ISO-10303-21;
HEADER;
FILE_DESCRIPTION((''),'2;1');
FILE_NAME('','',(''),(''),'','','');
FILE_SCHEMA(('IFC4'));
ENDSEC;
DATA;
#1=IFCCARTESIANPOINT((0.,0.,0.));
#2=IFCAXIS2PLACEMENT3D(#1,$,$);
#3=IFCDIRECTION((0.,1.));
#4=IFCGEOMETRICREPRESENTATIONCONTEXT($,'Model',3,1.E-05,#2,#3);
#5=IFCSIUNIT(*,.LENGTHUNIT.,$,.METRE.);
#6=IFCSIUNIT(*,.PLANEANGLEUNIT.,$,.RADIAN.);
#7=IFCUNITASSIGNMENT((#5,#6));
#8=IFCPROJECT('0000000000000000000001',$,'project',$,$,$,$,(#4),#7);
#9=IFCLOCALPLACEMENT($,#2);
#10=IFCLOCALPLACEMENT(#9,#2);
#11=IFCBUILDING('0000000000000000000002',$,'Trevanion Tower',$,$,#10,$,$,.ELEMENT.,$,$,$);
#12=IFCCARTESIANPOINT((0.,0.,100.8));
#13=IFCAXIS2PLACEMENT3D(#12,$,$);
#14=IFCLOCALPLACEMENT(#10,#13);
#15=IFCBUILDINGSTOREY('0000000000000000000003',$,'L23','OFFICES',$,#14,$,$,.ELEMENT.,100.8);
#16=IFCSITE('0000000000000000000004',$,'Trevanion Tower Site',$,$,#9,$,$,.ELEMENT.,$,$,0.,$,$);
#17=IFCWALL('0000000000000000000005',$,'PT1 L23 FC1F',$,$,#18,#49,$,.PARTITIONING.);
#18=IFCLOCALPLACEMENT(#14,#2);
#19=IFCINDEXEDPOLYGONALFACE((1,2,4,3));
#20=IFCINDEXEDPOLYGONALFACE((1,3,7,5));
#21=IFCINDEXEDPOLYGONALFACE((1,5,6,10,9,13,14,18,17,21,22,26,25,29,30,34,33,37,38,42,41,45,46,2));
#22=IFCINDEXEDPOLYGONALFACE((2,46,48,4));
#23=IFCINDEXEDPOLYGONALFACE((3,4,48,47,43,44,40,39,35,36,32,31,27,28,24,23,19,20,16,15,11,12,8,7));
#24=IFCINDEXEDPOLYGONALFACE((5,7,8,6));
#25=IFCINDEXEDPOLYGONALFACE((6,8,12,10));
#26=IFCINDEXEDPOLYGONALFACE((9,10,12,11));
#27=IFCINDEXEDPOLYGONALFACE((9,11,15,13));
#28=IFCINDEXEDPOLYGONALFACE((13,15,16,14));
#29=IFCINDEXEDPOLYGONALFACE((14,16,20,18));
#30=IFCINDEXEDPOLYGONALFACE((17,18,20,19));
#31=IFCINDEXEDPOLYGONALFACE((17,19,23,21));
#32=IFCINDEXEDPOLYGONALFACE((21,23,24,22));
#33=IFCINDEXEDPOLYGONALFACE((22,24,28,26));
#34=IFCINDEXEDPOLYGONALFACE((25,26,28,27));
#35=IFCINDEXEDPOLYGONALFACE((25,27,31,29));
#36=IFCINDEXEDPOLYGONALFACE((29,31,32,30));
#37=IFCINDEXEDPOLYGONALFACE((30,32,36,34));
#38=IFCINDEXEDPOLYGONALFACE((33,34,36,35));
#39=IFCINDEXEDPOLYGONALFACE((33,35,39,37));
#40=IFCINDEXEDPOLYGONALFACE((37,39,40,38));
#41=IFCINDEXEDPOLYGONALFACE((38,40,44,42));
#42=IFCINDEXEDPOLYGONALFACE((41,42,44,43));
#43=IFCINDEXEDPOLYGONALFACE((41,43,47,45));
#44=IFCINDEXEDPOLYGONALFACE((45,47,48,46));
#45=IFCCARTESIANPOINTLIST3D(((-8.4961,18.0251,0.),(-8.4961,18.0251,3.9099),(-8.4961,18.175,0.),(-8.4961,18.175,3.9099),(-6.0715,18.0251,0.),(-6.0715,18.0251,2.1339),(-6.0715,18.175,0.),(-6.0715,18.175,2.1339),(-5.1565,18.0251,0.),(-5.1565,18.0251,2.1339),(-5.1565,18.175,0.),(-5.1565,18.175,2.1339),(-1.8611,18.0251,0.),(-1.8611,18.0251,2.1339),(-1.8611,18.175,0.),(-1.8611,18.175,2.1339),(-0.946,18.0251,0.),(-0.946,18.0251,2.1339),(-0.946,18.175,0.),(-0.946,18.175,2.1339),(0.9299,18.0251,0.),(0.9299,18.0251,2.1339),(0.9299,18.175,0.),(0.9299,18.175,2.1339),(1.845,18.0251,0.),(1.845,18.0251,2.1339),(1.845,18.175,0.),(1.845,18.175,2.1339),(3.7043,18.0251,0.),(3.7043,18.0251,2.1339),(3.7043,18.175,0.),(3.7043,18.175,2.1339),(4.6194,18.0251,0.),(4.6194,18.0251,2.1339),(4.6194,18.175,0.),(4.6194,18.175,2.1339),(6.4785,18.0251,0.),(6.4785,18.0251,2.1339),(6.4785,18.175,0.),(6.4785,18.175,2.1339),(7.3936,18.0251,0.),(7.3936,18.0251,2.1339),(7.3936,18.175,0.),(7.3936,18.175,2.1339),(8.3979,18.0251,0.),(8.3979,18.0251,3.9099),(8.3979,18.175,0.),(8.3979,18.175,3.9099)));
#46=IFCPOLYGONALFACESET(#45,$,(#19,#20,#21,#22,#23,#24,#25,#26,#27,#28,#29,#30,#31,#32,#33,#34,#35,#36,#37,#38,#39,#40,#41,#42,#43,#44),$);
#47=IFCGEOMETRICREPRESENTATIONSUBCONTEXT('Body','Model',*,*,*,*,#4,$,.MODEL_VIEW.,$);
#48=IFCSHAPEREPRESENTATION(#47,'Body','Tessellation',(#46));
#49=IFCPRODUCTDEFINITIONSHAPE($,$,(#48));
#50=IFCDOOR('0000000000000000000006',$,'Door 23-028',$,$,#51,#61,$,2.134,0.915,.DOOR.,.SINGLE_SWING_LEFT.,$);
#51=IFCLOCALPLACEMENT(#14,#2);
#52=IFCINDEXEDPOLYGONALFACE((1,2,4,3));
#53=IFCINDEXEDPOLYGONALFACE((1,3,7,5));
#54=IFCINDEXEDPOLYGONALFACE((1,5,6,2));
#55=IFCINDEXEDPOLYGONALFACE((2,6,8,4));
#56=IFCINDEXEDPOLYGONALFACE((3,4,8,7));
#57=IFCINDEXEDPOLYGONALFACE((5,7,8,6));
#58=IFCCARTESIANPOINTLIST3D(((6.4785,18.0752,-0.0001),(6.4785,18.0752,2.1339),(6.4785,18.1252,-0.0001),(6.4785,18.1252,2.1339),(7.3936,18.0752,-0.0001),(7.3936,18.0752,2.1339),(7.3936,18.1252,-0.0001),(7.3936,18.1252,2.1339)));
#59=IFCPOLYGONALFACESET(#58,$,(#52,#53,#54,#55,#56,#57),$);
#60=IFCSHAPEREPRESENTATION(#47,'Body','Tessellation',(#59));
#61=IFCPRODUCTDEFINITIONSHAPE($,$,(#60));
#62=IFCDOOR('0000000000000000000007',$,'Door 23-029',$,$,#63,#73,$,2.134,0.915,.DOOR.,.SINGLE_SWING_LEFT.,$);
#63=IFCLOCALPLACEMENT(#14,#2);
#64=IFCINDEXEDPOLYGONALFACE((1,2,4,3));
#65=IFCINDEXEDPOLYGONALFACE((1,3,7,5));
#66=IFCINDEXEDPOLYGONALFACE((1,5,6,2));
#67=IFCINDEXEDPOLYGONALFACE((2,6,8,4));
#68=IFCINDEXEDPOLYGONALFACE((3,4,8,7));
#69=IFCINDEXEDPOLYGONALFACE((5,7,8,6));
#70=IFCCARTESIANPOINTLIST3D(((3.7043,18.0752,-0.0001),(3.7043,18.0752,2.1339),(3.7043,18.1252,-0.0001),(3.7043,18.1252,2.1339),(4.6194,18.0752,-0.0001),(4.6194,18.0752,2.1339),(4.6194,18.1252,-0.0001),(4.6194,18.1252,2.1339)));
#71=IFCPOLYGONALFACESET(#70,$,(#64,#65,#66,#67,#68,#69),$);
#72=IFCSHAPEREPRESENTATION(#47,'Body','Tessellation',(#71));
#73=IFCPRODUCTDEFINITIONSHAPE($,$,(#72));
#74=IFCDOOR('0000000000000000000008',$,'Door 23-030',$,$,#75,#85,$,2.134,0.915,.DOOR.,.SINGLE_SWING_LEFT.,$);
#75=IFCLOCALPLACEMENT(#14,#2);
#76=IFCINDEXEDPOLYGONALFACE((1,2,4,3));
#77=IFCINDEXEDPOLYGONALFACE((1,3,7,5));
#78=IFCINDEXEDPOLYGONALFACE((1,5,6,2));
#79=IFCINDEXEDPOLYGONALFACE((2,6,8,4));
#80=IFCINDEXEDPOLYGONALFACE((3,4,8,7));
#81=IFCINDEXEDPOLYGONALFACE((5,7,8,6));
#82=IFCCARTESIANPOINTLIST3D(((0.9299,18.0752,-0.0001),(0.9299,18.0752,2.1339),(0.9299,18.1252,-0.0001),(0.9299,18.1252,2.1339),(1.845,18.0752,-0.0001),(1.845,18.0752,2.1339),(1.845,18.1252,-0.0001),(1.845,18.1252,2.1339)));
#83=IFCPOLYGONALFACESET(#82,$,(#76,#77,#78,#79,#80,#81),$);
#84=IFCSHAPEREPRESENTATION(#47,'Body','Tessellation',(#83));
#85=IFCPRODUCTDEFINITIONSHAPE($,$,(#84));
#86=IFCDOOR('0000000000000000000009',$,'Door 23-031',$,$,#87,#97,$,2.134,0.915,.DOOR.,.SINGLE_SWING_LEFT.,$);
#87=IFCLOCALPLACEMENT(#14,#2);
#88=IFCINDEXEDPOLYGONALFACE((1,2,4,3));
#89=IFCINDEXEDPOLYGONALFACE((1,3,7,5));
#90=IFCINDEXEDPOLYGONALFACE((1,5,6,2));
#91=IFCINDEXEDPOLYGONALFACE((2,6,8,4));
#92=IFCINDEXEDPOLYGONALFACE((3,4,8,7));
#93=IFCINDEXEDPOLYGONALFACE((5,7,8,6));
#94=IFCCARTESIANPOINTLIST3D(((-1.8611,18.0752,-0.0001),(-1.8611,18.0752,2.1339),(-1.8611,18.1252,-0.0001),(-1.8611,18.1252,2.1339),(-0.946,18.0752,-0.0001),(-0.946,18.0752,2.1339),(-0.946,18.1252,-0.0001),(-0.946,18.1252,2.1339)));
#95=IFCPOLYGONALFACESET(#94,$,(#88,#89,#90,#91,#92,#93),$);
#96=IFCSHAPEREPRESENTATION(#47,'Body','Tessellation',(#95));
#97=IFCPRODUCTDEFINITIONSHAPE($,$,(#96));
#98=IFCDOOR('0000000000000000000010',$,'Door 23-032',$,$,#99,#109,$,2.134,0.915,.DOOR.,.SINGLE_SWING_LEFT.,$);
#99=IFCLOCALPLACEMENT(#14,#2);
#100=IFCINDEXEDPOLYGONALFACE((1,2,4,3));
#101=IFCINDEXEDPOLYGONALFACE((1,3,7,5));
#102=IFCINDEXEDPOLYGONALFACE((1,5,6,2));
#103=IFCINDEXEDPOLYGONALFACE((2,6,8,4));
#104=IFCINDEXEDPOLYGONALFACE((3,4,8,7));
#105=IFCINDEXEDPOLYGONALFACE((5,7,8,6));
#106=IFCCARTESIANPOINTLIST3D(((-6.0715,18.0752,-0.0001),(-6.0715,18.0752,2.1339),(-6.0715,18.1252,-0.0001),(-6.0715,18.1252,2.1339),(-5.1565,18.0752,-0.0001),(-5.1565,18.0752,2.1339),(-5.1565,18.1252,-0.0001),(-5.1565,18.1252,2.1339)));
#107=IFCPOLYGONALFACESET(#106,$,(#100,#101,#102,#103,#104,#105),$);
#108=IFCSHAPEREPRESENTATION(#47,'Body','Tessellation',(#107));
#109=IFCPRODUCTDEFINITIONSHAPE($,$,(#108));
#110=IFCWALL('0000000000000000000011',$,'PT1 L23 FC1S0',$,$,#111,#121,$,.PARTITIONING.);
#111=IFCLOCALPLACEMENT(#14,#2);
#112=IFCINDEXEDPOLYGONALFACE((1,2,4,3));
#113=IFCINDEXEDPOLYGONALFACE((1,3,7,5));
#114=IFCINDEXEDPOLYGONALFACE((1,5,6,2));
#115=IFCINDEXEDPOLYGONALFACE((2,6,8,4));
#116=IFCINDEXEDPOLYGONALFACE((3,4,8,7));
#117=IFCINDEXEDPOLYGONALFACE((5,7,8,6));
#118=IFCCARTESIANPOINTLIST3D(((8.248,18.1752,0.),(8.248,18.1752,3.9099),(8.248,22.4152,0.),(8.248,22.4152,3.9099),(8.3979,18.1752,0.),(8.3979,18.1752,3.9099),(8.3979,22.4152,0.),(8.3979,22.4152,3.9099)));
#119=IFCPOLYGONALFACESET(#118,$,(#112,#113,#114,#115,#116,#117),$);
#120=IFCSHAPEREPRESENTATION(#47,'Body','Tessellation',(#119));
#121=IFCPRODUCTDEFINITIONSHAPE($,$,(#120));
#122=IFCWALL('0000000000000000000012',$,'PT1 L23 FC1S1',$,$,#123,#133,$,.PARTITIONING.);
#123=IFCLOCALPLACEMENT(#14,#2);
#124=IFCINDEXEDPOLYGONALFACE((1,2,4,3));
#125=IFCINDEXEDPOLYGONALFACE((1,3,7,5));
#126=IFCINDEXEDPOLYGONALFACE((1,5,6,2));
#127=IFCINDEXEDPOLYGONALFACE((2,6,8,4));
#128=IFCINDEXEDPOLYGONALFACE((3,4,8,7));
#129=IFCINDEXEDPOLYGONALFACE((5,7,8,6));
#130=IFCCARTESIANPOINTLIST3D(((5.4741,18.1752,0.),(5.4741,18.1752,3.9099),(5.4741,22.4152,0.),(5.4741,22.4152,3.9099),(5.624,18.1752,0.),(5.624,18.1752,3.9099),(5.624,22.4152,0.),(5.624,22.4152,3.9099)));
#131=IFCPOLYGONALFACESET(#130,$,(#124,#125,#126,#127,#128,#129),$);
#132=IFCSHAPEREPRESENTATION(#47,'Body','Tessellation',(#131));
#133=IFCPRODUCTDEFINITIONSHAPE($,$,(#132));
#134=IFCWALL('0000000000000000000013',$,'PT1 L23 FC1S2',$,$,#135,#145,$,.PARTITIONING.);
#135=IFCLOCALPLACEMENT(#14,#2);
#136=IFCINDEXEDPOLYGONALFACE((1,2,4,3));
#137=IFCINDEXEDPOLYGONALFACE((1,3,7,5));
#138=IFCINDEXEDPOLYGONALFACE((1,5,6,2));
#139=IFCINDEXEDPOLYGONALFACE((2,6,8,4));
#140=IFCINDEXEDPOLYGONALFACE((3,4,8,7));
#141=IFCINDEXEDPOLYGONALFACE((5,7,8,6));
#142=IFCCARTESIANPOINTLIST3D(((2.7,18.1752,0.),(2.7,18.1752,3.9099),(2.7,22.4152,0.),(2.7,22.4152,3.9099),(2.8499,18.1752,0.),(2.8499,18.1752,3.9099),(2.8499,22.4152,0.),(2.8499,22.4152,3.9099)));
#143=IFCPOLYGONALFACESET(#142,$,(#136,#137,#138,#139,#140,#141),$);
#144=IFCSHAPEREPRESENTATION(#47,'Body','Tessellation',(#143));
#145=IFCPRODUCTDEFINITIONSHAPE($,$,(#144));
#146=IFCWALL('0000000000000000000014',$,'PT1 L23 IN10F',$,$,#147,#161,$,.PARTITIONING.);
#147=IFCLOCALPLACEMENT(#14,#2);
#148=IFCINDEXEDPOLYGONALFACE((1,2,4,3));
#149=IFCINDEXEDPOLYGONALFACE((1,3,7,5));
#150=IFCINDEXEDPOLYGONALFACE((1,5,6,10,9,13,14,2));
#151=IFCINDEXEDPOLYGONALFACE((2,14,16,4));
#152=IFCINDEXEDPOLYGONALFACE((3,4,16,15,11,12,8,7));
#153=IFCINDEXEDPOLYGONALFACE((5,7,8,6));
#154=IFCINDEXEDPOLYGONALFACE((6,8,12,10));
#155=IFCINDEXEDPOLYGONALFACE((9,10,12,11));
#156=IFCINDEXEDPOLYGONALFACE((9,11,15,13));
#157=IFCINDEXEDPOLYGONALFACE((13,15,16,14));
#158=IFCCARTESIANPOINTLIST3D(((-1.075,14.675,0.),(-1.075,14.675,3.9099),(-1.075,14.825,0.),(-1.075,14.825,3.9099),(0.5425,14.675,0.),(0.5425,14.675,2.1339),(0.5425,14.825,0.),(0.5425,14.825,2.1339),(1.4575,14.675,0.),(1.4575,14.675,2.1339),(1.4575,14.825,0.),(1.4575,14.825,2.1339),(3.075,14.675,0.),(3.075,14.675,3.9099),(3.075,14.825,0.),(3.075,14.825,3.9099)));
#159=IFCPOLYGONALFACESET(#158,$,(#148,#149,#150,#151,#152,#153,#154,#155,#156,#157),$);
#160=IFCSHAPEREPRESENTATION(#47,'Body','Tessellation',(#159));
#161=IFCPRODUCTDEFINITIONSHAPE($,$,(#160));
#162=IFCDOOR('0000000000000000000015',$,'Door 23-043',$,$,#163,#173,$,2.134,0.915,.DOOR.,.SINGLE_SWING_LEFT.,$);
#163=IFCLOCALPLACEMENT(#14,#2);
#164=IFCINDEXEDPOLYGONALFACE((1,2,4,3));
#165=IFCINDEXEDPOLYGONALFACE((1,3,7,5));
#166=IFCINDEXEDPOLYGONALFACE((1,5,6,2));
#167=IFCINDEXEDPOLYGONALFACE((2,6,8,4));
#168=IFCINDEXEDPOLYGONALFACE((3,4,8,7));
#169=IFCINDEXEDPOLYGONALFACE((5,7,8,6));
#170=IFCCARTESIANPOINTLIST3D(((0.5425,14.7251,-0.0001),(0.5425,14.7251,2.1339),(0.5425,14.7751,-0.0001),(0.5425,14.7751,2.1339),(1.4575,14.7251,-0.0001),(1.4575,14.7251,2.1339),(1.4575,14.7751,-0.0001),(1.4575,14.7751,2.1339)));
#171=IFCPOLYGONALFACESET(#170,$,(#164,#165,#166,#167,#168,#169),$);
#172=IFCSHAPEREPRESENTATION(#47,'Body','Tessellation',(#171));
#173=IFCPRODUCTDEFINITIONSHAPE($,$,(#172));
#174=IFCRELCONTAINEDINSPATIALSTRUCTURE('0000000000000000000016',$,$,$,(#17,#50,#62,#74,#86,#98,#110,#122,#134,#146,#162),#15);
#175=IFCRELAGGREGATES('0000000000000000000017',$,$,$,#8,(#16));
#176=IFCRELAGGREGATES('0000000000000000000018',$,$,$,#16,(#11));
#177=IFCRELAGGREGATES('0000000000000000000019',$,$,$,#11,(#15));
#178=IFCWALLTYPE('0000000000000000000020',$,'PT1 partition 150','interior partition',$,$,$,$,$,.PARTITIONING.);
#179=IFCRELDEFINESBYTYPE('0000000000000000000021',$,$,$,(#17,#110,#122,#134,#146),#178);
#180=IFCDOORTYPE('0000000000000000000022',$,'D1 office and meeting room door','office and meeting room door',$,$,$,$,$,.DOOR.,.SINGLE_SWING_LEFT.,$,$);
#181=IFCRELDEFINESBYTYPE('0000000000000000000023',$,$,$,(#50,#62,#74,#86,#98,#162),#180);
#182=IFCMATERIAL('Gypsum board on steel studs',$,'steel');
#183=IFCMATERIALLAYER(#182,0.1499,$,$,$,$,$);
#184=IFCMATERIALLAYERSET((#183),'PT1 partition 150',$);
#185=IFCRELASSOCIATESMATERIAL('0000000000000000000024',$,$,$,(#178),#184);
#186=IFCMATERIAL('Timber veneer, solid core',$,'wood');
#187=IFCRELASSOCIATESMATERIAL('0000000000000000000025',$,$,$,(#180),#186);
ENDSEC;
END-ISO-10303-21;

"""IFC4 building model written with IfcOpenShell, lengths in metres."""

from ifc_helpers import new_model, si_unit, direction, frame, frame_2d, origin, place, context, subcontext, project, spatial, rectangle, extrude, material, layer, layer_set, type_object, element, fill, save


model = new_model("IFC4")

# Units and contexts
model_context = context("Model", 3, precision=1e-05, world=origin(), true_north=direction((0.0, 1.0)))
body_context = subcontext(model_context, "Body", "Model", "MODEL_VIEW")
ifc_project = project(units=[si_unit("LENGTHUNIT", "METRE"), si_unit("PLANEANGLEUNIT", "RADIAN")], contexts=[model_context])

# Site, building, storey
site_placement = place(None, origin())
site = spatial("IfcSite", under=ifc_project, at=site_placement, Name="Trevanion Tower Site", CompositionType="ELEMENT", RefElevation=0.0)
building_placement = place(site_placement, origin())
building = spatial("IfcBuilding", under=site, at=building_placement, Name="Trevanion Tower", CompositionType="ELEMENT")
storey_placement = place(building_placement, frame((0.0, 0.0, 100.8)))
storey = spatial("IfcBuildingStorey", under=building, at=storey_placement, Name="L23", Description="OFFICES", CompositionType="ELEMENT", Elevation=100.8)

# Wall, openings, doors
ifc_material_1 = material(Name="Gypsum board on steel studs", Category="steel")
ifc_layer_1 = layer(ifc_material_1, 0.1499)
ifc_layer_set_1 = layer_set([ifc_layer_1], Name="PT1 partition 150")
wall_type_1 = type_object("IfcWallType", Name="PT1 partition 150", Description="interior partition", PredefinedType="PARTITIONING", material=ifc_layer_set_1)
wall_1_placement = place(storey_placement, frame((8.3979, 18.1001, 0.0), z_axis=(0.0, 0.0, 1.0), x_axis=(-1.0, 0.0, 0.0)))
wall_1 = element("IfcWall", 1, at=wall_1_placement, inside=storey, type_object=wall_type_1, Name="PT1 L23 FC1F", PredefinedType="PARTITIONING", context=body_context, shape_type="SweptSolid", body=[
    extrude(rectangle(XDim=16.894, YDim=0.1499, at=frame_2d((8.447, 0.0))), origin(), (0.0, 0.0, 1.0), 3.9099),
])
opening_1_placement = place(wall_1_placement, frame((1.0044, 0.0, 0.0)))
opening_1 = element("IfcOpeningElement", 2, at=opening_1_placement, cuts=wall_1, PredefinedType="OPENING", context=body_context, shape_type="SweptSolid", body=[
    extrude(rectangle(XDim=0.915, YDim=2.134, at=frame_2d((0.4575, 1.0669))), frame((0.0, 0.085, 0.0), z_axis=(0.0, -1.0, 0.0), x_axis=(1.0, 0.0, 0.0)), (0.0, 0.0, 1.0), 0.1699),
])
opening_2_placement = place(wall_1_placement, frame((3.7786, 0.0, 0.0)))
opening_2 = element("IfcOpeningElement", 3, at=opening_2_placement, cuts=wall_1, PredefinedType="OPENING", context=body_context, shape_type="SweptSolid", body=[
    extrude(rectangle(XDim=0.915, YDim=2.134, at=frame_2d((0.4575, 1.0669))), frame((0.0, 0.085, 0.0), z_axis=(0.0, -1.0, 0.0), x_axis=(1.0, 0.0, 0.0)), (0.0, 0.0, 1.0), 0.1699),
])
opening_3_placement = place(wall_1_placement, frame((6.553, 0.0, 0.0)))
opening_3 = element("IfcOpeningElement", 4, at=opening_3_placement, cuts=wall_1, PredefinedType="OPENING", context=body_context, shape_type="SweptSolid", body=[
    extrude(rectangle(XDim=0.915, YDim=2.134, at=frame_2d((0.4575, 1.0669))), frame((0.0, 0.085, 0.0), z_axis=(0.0, -1.0, 0.0), x_axis=(1.0, 0.0, 0.0)), (0.0, 0.0, 1.0), 0.1699),
])
opening_4_placement = place(wall_1_placement, frame((9.344, 0.0, 0.0)))
opening_4 = element("IfcOpeningElement", 5, at=opening_4_placement, cuts=wall_1, PredefinedType="OPENING", context=body_context, shape_type="SweptSolid", body=[
    extrude(rectangle(XDim=0.915, YDim=2.134, at=frame_2d((0.4575, 1.0669))), frame((0.0, 0.085, 0.0), z_axis=(0.0, -1.0, 0.0), x_axis=(1.0, 0.0, 0.0)), (0.0, 0.0, 1.0), 0.1699),
])
opening_5_placement = place(wall_1_placement, frame((13.5544, 0.0, 0.0)))
opening_5 = element("IfcOpeningElement", 6, at=opening_5_placement, cuts=wall_1, PredefinedType="OPENING", context=body_context, shape_type="SweptSolid", body=[
    extrude(rectangle(XDim=0.915, YDim=2.134, at=frame_2d((0.4575, 1.0669))), frame((0.0, 0.085, 0.0), z_axis=(0.0, -1.0, 0.0), x_axis=(1.0, 0.0, 0.0)), (0.0, 0.0, 1.0), 0.1699),
])
ifc_material_2 = material(Name="Timber veneer, solid core", Category="wood")
door_type = type_object("IfcDoorType", Name="D1 office and meeting room door", Description="office and meeting room door", OperationType="SINGLE_SWING_LEFT", PredefinedType="DOOR", material=ifc_material_2)
door_1_placement = place(opening_1_placement, origin())
door_1 = element("IfcDoor", 7, at=door_1_placement, inside=storey, type_object=door_type, Name="Door 23-028", OperationType="SINGLE_SWING_LEFT", OverallHeight=2.134, OverallWidth=0.915, PredefinedType="DOOR", context=body_context, shape_type="SweptSolid", body=[
    extrude(rectangle(XDim=0.915, YDim=2.134, at=frame_2d((0.4575, 1.0669))), frame((0.0, 0.0249, 0.0), z_axis=(0.0, -1.0, 0.0), x_axis=(1.0, 0.0, 0.0)), (0.0, 0.0, 1.0), 0.05),
])
fill(opening_1, door_1)
door_2_placement = place(opening_2_placement, origin())
door_2 = element("IfcDoor", 8, at=door_2_placement, inside=storey, type_object=door_type, Name="Door 23-029", OperationType="SINGLE_SWING_LEFT", OverallHeight=2.134, OverallWidth=0.915, PredefinedType="DOOR", context=body_context, shape_type="SweptSolid", body=[
    extrude(rectangle(XDim=0.915, YDim=2.134, at=frame_2d((0.4575, 1.0669))), frame((0.0, 0.0249, 0.0), z_axis=(0.0, -1.0, 0.0), x_axis=(1.0, 0.0, 0.0)), (0.0, 0.0, 1.0), 0.05),
])
fill(opening_2, door_2)
door_3_placement = place(opening_3_placement, origin())
door_3 = element("IfcDoor", 9, at=door_3_placement, inside=storey, type_object=door_type, Name="Door 23-030", OperationType="SINGLE_SWING_LEFT", OverallHeight=2.134, OverallWidth=0.915, PredefinedType="DOOR", context=body_context, shape_type="SweptSolid", body=[
    extrude(rectangle(XDim=0.915, YDim=2.134, at=frame_2d((0.4575, 1.0669))), frame((0.0, 0.0249, 0.0), z_axis=(0.0, -1.0, 0.0), x_axis=(1.0, 0.0, 0.0)), (0.0, 0.0, 1.0), 0.05),
])
fill(opening_3, door_3)
door_4_placement = place(opening_4_placement, origin())
door_4 = element("IfcDoor", 10, at=door_4_placement, inside=storey, type_object=door_type, Name="Door 23-031", OperationType="SINGLE_SWING_LEFT", OverallHeight=2.134, OverallWidth=0.915, PredefinedType="DOOR", context=body_context, shape_type="SweptSolid", body=[
    extrude(rectangle(XDim=0.915, YDim=2.134, at=frame_2d((0.4575, 1.0669))), frame((0.0, 0.0249, 0.0), z_axis=(0.0, -1.0, 0.0), x_axis=(1.0, 0.0, 0.0)), (0.0, 0.0, 1.0), 0.05),
])
fill(opening_4, door_4)
door_5_placement = place(opening_5_placement, origin())
door_5 = element("IfcDoor", 11, at=door_5_placement, inside=storey, type_object=door_type, Name="Door 23-032", OperationType="SINGLE_SWING_LEFT", OverallHeight=2.134, OverallWidth=0.915, PredefinedType="DOOR", context=body_context, shape_type="SweptSolid", body=[
    extrude(rectangle(XDim=0.915, YDim=2.134, at=frame_2d((0.4575, 1.0669))), frame((0.0, 0.0249, 0.0), z_axis=(0.0, -1.0, 0.0), x_axis=(1.0, 0.0, 0.0)), (0.0, 0.0, 1.0), 0.05),
])
fill(opening_5, door_5)

# Walls
for number, where, z_axis, x_axis, name in (
    (12, (8.323, 18.175, 0.0), (0.0, 0.0, 1.0), (0.0, 1.0, 0.0), "PT1 L23 FC1S0"),
    (13, (5.5491, 18.175, 0.0), (0.0, 0.0, 1.0), (0.0, 1.0, 0.0), "PT1 L23 FC1S1"),
    (14, (2.7749, 18.175, 0.0), (0.0, 0.0, 1.0), (0.0, 1.0, 0.0), "PT1 L23 FC1S2"),
):
    element("IfcWall", number, at=place(storey_placement, frame(where, z_axis=z_axis, x_axis=x_axis)), inside=storey, type_object=wall_type_1, Name=name, PredefinedType="PARTITIONING", context=body_context, shape_type="SweptSolid", body=[
        extrude(rectangle(XDim=4.24, YDim=0.1499, at=frame_2d((2.1201, 0.0))), origin(), (0.0, 0.0, 1.0), 3.9099),
    ])

# Wall, opening, door
wall_2_placement = place(storey_placement, frame((3.075, 14.75, 0.0), z_axis=(0.0, 0.0, 1.0), x_axis=(-1.0, 0.0, 0.0)))
wall_2 = element("IfcWall", 15, at=wall_2_placement, inside=storey, type_object=wall_type_1, Name="PT1 L23 IN10F", PredefinedType="PARTITIONING", context=body_context, shape_type="SweptSolid", body=[
    extrude(rectangle(XDim=4.1499, YDim=0.1499, at=frame_2d((2.075, 0.0))), origin(), (0.0, 0.0, 1.0), 3.9099),
])
opening_6_placement = place(wall_2_placement, frame((1.6174, 0.0, 0.0)))
opening_6 = element("IfcOpeningElement", 16, at=opening_6_placement, cuts=wall_2, PredefinedType="OPENING", context=body_context, shape_type="SweptSolid", body=[
    extrude(rectangle(XDim=0.915, YDim=2.134, at=frame_2d((0.4575, 1.0669))), frame((0.0, 0.085, 0.0), z_axis=(0.0, -1.0, 0.0), x_axis=(1.0, 0.0, 0.0)), (0.0, 0.0, 1.0), 0.1699),
])
door_6_placement = place(opening_6_placement, origin())
door_6 = element("IfcDoor", 17, at=door_6_placement, inside=storey, type_object=door_type, Name="Door 23-043", OperationType="SINGLE_SWING_LEFT", OverallHeight=2.134, OverallWidth=0.915, PredefinedType="DOOR", context=body_context, shape_type="SweptSolid", body=[
    extrude(rectangle(XDim=0.915, YDim=2.134, at=frame_2d((0.4575, 1.0669))), frame((0.0, 0.0249, 0.0), z_axis=(0.0, -1.0, 0.0), x_axis=(1.0, 0.0, 0.0)), (0.0, 0.0, 1.0), 0.05),
])
fill(opening_6, door_6)

save(model, "model.ifc")
